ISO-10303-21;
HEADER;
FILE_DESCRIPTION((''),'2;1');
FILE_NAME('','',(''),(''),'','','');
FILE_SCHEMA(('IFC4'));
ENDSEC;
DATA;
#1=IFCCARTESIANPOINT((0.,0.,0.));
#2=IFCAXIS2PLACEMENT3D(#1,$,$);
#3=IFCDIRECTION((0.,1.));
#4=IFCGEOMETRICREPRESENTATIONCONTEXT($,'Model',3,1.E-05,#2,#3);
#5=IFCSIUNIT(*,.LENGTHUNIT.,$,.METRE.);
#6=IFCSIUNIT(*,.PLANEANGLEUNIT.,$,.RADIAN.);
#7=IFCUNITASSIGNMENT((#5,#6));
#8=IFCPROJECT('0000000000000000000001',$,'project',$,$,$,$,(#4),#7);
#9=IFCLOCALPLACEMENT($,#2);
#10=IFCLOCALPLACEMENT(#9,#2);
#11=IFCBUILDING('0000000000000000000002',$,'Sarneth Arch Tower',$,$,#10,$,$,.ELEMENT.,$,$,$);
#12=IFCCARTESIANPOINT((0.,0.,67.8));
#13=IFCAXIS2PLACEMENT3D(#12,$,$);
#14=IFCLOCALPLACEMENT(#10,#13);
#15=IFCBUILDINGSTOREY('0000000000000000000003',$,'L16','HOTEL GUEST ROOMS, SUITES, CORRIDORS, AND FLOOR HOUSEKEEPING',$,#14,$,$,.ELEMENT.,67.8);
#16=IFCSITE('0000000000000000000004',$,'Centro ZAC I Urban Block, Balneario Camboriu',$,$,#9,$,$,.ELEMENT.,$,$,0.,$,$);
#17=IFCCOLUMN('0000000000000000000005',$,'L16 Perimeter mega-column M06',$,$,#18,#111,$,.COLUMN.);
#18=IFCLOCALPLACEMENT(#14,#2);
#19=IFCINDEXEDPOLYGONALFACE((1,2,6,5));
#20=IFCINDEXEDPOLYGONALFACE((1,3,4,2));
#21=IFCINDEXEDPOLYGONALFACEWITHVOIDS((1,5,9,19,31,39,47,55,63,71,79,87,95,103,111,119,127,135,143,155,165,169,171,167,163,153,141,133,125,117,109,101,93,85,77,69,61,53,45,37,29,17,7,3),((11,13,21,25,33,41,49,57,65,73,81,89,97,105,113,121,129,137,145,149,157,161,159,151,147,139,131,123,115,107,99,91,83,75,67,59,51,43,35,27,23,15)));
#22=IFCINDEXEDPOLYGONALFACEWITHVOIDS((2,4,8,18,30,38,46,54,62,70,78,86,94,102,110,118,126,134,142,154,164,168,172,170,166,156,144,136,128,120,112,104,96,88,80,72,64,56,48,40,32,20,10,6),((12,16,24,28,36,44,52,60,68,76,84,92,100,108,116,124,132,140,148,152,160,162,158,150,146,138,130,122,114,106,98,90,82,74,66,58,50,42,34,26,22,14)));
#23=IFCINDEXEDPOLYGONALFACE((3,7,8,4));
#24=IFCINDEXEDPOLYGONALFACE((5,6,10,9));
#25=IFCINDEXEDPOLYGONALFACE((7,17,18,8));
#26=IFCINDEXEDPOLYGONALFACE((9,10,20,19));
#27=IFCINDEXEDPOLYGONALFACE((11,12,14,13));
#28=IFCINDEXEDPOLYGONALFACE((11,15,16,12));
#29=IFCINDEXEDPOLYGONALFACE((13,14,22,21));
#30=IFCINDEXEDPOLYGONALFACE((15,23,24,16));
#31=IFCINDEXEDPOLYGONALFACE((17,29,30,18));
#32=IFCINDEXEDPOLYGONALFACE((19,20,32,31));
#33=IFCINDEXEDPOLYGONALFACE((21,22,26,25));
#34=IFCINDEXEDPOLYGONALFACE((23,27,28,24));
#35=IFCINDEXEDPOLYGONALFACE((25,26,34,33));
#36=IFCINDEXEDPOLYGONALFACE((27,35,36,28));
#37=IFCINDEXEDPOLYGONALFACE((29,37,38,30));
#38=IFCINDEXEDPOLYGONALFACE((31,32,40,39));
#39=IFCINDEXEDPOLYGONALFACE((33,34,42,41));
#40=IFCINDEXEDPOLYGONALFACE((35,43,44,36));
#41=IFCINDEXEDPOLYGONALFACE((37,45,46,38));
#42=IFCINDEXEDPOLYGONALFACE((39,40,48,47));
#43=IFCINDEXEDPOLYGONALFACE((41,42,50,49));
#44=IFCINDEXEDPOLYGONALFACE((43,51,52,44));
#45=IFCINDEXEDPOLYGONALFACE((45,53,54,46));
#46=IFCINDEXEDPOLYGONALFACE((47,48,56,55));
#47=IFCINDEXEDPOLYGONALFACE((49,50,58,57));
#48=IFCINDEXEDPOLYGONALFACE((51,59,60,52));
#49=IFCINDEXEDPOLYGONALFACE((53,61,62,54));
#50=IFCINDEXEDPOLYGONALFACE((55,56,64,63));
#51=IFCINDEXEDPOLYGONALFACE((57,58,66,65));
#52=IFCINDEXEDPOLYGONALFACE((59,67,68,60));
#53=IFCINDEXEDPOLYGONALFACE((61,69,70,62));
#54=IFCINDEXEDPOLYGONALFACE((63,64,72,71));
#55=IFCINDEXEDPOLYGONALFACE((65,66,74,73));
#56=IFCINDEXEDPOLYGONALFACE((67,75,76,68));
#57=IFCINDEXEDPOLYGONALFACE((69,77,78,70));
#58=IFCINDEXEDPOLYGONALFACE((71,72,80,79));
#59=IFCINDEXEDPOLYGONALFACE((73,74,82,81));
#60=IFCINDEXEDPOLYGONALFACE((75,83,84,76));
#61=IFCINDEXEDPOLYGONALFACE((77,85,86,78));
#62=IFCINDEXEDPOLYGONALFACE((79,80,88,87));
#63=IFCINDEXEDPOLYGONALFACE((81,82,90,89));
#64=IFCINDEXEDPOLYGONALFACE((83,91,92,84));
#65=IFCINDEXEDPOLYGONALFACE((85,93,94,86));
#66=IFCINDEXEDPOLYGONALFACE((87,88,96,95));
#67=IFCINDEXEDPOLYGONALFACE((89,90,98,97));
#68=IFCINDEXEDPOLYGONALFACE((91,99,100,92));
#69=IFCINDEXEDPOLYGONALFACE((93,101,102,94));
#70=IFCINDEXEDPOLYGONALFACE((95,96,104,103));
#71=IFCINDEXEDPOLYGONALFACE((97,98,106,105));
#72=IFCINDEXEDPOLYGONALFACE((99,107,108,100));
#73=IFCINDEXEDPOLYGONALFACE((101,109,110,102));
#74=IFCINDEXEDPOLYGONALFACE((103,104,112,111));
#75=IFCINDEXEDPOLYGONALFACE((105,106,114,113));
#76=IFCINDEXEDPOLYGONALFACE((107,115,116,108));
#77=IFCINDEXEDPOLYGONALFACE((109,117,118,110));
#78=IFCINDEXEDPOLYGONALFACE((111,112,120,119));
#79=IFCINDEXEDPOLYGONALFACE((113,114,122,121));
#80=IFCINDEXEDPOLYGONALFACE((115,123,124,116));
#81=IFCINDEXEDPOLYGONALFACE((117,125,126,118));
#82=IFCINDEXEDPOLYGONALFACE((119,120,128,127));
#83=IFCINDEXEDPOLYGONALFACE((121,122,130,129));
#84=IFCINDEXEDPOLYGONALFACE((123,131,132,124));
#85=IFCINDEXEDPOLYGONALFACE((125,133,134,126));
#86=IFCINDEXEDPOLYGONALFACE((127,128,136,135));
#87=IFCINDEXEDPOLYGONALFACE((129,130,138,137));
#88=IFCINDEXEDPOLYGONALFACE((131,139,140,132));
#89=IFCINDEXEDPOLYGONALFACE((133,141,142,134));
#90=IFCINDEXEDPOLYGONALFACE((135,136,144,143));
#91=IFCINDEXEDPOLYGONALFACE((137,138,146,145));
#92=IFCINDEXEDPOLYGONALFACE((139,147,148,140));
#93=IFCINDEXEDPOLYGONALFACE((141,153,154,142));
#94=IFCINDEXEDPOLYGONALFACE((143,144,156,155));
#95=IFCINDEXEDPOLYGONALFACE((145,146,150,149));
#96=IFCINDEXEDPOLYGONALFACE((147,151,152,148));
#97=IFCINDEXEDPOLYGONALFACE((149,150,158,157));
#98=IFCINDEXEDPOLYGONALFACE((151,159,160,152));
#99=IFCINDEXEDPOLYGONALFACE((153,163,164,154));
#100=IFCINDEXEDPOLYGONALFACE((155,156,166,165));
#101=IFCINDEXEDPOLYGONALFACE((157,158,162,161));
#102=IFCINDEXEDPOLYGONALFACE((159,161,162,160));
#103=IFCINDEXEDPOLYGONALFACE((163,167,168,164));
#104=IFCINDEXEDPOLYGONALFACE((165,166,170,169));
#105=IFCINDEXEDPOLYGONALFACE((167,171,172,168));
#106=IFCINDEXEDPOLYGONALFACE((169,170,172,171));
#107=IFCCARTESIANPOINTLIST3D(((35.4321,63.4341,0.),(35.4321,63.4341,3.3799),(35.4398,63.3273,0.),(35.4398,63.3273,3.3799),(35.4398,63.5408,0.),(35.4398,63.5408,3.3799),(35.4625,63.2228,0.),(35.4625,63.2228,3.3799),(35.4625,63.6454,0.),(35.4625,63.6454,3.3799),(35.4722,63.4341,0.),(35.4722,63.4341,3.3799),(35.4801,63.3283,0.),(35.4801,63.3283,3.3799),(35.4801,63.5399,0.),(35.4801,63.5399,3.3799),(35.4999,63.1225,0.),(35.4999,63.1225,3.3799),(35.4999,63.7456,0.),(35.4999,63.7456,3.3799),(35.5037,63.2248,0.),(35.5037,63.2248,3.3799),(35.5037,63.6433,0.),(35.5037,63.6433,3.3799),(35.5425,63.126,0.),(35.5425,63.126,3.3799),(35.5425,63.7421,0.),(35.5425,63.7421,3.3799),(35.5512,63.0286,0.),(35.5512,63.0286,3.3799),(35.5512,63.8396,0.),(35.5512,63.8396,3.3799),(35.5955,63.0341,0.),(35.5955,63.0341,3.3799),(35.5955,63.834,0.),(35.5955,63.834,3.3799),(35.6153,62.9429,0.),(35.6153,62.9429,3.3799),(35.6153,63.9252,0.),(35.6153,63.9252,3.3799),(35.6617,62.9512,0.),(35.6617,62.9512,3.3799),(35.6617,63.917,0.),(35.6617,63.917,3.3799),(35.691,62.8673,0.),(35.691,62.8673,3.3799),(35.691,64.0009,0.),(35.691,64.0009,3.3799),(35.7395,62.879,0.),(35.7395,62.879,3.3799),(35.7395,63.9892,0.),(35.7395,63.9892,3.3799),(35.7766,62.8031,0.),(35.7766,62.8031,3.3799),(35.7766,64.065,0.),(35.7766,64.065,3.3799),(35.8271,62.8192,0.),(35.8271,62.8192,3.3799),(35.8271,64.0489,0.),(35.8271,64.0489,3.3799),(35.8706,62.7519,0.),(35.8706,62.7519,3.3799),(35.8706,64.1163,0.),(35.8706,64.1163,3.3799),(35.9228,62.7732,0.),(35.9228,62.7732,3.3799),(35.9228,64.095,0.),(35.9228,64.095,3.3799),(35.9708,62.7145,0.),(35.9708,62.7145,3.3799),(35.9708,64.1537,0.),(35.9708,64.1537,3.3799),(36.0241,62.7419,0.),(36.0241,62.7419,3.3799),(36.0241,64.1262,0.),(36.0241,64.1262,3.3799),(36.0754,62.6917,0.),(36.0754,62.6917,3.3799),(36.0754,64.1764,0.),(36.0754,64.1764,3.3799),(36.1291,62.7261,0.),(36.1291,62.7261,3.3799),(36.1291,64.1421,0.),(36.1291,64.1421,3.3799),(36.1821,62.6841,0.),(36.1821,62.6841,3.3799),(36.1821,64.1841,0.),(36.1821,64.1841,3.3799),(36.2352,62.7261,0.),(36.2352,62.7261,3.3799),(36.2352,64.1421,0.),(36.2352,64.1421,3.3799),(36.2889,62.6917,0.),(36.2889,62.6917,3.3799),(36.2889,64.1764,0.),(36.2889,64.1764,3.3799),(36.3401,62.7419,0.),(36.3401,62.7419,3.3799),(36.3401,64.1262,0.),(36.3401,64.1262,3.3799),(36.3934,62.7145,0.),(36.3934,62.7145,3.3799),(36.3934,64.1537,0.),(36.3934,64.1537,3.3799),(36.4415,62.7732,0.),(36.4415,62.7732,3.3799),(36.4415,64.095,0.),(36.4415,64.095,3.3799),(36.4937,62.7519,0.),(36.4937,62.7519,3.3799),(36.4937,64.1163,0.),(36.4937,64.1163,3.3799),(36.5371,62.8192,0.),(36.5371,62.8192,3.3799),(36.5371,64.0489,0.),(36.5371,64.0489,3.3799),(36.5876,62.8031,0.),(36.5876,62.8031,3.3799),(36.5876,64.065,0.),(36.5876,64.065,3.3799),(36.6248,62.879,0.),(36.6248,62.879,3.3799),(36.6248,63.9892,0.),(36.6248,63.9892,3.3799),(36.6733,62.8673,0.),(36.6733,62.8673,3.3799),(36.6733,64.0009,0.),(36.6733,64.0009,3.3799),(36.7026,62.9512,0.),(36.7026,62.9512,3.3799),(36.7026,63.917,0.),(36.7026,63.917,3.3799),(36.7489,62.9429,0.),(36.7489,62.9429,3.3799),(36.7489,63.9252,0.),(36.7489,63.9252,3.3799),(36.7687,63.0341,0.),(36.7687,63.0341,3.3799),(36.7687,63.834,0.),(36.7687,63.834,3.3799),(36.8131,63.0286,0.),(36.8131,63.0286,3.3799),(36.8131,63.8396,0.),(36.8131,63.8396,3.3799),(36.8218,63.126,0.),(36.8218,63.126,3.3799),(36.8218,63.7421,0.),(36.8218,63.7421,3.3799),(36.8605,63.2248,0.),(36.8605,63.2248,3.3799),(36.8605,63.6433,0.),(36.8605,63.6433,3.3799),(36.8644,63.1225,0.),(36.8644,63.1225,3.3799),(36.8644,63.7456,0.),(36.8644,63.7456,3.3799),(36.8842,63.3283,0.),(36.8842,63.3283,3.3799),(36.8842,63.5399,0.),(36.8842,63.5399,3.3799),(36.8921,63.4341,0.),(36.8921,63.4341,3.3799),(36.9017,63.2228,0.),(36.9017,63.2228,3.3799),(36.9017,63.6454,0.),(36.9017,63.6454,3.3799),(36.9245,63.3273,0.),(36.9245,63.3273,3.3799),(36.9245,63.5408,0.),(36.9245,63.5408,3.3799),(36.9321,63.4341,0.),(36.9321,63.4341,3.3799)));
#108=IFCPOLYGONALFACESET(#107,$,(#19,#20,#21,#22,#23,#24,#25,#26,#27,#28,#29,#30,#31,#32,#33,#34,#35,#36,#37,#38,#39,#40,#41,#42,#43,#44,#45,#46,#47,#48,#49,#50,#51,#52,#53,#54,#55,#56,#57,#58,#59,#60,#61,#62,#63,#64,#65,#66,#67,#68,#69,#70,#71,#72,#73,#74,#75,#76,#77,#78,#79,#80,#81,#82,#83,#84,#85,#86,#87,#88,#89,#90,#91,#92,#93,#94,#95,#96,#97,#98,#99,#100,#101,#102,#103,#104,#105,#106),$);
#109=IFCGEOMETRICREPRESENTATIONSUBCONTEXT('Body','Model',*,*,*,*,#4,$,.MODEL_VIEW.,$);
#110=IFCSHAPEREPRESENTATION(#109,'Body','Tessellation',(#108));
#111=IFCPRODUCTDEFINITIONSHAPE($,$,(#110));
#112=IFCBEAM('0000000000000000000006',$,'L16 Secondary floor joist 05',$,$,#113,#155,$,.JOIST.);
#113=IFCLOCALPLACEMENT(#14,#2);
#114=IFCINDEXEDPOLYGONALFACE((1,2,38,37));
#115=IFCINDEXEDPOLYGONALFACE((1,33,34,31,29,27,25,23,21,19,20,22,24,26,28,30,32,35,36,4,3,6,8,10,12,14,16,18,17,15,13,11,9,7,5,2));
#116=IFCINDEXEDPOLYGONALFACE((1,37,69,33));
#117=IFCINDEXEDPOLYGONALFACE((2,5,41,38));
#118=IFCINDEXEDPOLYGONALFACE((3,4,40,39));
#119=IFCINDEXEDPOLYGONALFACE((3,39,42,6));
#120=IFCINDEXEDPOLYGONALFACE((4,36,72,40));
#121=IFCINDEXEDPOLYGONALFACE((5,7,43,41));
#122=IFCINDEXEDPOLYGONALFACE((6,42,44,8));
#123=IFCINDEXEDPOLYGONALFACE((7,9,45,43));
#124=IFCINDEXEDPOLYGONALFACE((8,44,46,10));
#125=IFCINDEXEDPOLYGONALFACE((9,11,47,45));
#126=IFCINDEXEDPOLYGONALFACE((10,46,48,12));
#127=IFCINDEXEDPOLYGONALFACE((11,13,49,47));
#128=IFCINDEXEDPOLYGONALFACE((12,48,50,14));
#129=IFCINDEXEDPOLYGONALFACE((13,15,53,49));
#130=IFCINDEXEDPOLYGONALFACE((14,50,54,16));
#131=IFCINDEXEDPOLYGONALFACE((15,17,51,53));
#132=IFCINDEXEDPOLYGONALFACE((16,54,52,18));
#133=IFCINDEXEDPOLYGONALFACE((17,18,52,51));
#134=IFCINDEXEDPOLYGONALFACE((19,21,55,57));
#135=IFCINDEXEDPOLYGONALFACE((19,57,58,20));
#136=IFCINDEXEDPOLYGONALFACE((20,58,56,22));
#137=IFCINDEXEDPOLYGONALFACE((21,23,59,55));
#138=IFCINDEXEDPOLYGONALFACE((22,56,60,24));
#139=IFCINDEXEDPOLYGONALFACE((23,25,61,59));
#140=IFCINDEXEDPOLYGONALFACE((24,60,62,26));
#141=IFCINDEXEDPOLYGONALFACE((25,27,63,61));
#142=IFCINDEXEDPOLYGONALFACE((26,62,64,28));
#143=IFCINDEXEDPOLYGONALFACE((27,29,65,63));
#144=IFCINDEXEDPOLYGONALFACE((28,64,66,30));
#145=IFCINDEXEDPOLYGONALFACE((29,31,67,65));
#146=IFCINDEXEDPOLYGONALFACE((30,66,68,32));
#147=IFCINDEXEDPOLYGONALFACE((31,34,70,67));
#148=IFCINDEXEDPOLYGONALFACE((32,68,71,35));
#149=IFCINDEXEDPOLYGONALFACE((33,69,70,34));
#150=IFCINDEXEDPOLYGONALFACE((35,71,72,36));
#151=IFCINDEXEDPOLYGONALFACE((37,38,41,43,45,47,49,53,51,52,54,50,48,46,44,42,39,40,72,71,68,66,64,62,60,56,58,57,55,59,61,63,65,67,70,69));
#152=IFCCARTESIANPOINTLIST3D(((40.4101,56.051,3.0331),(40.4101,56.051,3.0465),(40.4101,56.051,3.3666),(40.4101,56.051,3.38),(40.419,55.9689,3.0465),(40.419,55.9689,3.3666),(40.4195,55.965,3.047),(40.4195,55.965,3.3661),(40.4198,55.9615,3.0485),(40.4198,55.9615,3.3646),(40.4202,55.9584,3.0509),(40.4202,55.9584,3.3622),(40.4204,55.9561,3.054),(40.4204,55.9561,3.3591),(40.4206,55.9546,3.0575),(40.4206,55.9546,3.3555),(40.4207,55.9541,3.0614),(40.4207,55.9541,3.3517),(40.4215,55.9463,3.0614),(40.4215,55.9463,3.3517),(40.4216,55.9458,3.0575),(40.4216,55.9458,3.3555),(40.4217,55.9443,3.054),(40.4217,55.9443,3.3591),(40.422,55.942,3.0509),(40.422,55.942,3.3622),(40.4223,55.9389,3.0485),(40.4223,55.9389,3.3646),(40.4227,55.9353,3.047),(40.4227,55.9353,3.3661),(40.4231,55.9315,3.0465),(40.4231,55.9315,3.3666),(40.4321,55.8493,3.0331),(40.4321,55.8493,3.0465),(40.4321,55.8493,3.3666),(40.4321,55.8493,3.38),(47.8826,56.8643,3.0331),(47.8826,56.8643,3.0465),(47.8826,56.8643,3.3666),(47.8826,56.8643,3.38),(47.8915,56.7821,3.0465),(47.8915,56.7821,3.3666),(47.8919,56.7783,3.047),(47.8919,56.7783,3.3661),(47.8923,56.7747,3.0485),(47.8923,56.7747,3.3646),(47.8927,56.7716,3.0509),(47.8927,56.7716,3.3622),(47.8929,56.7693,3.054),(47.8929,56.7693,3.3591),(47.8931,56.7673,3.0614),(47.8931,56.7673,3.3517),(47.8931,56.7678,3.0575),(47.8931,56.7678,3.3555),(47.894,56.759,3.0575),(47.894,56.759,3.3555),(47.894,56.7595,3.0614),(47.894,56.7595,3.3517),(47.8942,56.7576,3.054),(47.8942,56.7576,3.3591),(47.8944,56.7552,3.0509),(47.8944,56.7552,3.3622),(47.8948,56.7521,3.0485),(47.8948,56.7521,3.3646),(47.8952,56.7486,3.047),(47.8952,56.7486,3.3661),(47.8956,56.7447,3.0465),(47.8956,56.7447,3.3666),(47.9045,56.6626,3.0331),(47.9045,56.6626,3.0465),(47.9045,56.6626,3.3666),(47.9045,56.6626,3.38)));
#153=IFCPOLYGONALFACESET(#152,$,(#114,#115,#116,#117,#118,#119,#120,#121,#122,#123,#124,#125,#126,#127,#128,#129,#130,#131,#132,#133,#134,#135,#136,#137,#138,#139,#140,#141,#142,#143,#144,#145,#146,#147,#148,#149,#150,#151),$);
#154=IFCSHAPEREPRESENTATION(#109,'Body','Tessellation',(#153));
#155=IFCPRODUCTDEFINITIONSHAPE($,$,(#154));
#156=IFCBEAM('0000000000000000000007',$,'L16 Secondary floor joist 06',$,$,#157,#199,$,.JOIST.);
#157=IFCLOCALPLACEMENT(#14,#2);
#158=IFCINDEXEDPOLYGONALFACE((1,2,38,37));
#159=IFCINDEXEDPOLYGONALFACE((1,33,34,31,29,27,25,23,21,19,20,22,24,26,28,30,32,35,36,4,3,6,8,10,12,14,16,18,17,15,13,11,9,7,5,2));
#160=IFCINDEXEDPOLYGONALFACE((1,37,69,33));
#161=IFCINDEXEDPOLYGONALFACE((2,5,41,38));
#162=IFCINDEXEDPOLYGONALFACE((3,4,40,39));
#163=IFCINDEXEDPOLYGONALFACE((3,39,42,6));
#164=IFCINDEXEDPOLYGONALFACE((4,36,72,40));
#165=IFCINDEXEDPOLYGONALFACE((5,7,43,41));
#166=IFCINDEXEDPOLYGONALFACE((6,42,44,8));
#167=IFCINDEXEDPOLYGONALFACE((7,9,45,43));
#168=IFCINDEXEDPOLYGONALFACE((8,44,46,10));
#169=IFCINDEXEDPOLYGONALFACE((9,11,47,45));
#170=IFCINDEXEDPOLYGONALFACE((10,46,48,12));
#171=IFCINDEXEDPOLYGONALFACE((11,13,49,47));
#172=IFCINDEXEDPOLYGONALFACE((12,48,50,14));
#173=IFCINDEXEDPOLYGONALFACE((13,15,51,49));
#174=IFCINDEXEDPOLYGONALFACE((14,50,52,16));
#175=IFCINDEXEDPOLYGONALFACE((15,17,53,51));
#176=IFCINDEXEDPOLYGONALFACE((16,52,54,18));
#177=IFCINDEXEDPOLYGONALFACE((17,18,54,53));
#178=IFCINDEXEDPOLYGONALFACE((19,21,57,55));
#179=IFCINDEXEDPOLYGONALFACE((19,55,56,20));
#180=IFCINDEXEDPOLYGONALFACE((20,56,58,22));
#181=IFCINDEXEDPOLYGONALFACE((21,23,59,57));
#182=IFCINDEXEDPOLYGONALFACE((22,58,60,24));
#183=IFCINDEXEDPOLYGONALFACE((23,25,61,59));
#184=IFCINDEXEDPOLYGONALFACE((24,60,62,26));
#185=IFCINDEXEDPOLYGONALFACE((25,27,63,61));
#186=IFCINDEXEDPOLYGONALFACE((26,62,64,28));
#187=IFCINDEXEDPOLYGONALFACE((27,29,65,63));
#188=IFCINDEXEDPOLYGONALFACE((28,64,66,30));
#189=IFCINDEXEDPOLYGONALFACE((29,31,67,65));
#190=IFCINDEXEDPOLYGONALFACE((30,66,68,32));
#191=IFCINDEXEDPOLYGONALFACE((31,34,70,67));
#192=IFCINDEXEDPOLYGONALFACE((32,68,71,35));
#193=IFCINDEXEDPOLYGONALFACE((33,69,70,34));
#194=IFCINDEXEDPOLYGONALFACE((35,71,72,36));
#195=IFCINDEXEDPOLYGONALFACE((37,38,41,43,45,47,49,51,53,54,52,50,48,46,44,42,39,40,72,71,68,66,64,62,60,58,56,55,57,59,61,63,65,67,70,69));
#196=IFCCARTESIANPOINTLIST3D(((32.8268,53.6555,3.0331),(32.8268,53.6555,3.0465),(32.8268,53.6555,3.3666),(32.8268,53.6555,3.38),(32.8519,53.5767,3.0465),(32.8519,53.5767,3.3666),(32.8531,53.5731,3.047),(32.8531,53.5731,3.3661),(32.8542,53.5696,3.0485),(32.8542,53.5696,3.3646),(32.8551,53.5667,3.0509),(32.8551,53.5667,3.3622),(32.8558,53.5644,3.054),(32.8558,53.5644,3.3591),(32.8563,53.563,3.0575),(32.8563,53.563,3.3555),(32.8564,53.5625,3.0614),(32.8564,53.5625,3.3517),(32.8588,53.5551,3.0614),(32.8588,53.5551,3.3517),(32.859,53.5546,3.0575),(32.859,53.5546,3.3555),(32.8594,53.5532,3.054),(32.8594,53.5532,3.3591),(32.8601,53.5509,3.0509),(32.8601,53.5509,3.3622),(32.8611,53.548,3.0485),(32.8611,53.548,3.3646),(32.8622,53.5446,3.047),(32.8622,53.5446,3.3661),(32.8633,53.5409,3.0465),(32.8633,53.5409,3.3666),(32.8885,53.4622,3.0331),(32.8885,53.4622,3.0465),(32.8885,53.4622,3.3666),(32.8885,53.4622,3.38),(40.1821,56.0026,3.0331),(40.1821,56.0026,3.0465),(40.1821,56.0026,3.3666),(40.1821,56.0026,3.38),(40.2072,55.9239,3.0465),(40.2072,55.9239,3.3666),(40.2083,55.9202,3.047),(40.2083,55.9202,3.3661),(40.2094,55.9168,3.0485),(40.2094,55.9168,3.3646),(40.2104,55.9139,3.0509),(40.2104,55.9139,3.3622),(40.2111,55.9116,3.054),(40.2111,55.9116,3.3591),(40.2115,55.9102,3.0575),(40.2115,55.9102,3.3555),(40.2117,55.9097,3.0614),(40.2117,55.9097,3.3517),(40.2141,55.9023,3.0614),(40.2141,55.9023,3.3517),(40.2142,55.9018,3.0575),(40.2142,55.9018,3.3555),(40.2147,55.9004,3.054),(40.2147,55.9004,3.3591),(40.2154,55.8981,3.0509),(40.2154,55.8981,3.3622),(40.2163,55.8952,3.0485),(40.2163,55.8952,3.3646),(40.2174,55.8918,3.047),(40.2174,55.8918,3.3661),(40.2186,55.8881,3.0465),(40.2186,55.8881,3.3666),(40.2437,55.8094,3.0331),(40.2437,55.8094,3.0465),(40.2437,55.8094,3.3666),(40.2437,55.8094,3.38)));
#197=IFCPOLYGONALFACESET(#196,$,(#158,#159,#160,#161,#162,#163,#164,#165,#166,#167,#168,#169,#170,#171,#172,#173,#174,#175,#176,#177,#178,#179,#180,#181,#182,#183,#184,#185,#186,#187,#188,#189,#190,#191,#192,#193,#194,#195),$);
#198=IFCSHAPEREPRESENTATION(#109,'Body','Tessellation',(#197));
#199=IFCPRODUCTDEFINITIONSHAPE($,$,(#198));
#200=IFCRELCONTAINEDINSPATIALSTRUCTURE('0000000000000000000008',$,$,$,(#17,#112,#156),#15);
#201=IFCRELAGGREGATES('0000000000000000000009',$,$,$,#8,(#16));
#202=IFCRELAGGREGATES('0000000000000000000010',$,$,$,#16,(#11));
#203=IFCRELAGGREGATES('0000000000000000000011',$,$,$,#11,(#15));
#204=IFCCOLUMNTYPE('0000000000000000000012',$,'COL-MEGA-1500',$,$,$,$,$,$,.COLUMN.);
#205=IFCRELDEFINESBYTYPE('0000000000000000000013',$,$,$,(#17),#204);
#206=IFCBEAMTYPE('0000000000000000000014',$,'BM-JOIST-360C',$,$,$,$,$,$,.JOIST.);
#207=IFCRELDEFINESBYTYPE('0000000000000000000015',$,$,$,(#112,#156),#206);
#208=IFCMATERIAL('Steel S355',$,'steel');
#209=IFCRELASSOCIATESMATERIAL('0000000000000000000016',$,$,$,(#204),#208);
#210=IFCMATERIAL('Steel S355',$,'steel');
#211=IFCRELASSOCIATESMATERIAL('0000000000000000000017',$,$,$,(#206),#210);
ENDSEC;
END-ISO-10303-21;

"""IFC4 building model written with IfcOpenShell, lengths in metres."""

from ifc_helpers import new_model, si_unit, direction, frame, origin, origin_2d, place, context, subcontext, project, spatial, hollow_circle, i_section, extrude, material, material_profile, profile_set, type_object, element, save


model = new_model("IFC4")

# Units and contexts
model_context = context("Model", 3, precision=1e-05, world=origin(), true_north=direction((0.0, 1.0)))
body_context = subcontext(model_context, "Body", "Model", "MODEL_VIEW")
ifc_project = project(units=[si_unit("LENGTHUNIT", "METRE"), si_unit("PLANEANGLEUNIT", "RADIAN")], contexts=[model_context])

# Site, building, storey
site_placement = place(None, origin())
site = spatial("IfcSite", under=ifc_project, at=site_placement, Name="Centro ZAC I Urban Block, Balneario Camboriu", CompositionType="ELEMENT", RefElevation=0.0)
building_placement = place(site_placement, origin())
building = spatial("IfcBuilding", under=site, at=building_placement, Name="Sarneth Arch Tower", CompositionType="ELEMENT")
storey_placement = place(building_placement, frame((0.0, 0.0, 67.8)))
storey = spatial("IfcBuildingStorey", under=building, at=storey_placement, Name="L16", Description="HOTEL GUEST ROOMS, SUITES, CORRIDORS, AND FLOOR HOUSEKEEPING", CompositionType="ELEMENT", Elevation=67.8)

# Column
ifc_material_1 = material(Name="Steel S355", Category="steel")
ifc_material_profile_1 = material_profile(ifc_material_1, hollow_circle(Radius=0.75, WallThickness=0.04, at=origin_2d()), Name="CHS1500x40")
ifc_profile_set_1 = profile_set([ifc_material_profile_1], Name="Steel S355")
column_type = type_object("IfcColumnType", Name="COL-MEGA-1500", PredefinedType="COLUMN", material=ifc_profile_set_1)
column_placement = place(storey_placement, frame((36.1821, 63.4341, 0.0), z_axis=(0.0, 0.0, 1.0), x_axis=(1.0, 0.0, 0.0)))
element("IfcColumn", 1, at=column_placement, inside=storey, type_object=column_type, Name="L16 Perimeter mega-column M06", PredefinedType="COLUMN", context=body_context, shape_type="SweptSolid", body=[
    extrude(hollow_circle(Radius=0.75, WallThickness=0.04, at=origin_2d()), origin(), (0.0, 0.0, 1.0), 3.3799),
])

# Beams
ifc_material_2 = material(Name="Steel S355", Category="steel")
ifc_material_profile_2 = material_profile(ifc_material_2, i_section(OverallWidth=0.2029, OverallDepth=0.3469, WebThickness=0.0078, FlangeThickness=0.0134, FilletRadius=0.0149, at=origin_2d()), Name="W360x64")
ifc_profile_set_2 = profile_set([ifc_material_profile_2], Name="Steel S355")
beam_type_1 = type_object("IfcBeamType", Name="BM-JOIST-360C", PredefinedType="JOIST", material=ifc_profile_set_2)
beam_1_placement = place(storey_placement, frame((47.8936, 56.7634, 3.2065), z_axis=(-0.99413, -0.108192, 0.0), x_axis=(0.108192, -0.99413, 0.0)))
element("IfcBeam", 2, at=beam_1_placement, inside=storey, type_object=beam_type_1, Name="L16 Secondary floor joist 05", PredefinedType="JOIST", context=body_context, shape_type="SweptSolid", body=[
    extrude(i_section(OverallWidth=0.2029, OverallDepth=0.3469, WebThickness=0.0078, FlangeThickness=0.0134, FilletRadius=0.0149, at=origin_2d()), origin(), (0.0, 0.0, 1.0), 7.5166),
])
beam_2_placement = place(storey_placement, frame((40.2129, 55.906, 3.2065), z_axis=(-0.952668, -0.304011, 0.0), x_axis=(0.304011, -0.952668, 0.0)))
element("IfcBeam", 3, at=beam_2_placement, inside=storey, type_object=beam_type_1, Name="L16 Secondary floor joist 06", PredefinedType="JOIST", context=body_context, shape_type="SweptSolid", body=[
    extrude(i_section(OverallWidth=0.2029, OverallDepth=0.3469, WebThickness=0.0078, FlangeThickness=0.0134, FilletRadius=0.0149, at=origin_2d()), origin(), (0.0, 0.0, 1.0), 7.7207),
])

save(model, "model.ifc")
